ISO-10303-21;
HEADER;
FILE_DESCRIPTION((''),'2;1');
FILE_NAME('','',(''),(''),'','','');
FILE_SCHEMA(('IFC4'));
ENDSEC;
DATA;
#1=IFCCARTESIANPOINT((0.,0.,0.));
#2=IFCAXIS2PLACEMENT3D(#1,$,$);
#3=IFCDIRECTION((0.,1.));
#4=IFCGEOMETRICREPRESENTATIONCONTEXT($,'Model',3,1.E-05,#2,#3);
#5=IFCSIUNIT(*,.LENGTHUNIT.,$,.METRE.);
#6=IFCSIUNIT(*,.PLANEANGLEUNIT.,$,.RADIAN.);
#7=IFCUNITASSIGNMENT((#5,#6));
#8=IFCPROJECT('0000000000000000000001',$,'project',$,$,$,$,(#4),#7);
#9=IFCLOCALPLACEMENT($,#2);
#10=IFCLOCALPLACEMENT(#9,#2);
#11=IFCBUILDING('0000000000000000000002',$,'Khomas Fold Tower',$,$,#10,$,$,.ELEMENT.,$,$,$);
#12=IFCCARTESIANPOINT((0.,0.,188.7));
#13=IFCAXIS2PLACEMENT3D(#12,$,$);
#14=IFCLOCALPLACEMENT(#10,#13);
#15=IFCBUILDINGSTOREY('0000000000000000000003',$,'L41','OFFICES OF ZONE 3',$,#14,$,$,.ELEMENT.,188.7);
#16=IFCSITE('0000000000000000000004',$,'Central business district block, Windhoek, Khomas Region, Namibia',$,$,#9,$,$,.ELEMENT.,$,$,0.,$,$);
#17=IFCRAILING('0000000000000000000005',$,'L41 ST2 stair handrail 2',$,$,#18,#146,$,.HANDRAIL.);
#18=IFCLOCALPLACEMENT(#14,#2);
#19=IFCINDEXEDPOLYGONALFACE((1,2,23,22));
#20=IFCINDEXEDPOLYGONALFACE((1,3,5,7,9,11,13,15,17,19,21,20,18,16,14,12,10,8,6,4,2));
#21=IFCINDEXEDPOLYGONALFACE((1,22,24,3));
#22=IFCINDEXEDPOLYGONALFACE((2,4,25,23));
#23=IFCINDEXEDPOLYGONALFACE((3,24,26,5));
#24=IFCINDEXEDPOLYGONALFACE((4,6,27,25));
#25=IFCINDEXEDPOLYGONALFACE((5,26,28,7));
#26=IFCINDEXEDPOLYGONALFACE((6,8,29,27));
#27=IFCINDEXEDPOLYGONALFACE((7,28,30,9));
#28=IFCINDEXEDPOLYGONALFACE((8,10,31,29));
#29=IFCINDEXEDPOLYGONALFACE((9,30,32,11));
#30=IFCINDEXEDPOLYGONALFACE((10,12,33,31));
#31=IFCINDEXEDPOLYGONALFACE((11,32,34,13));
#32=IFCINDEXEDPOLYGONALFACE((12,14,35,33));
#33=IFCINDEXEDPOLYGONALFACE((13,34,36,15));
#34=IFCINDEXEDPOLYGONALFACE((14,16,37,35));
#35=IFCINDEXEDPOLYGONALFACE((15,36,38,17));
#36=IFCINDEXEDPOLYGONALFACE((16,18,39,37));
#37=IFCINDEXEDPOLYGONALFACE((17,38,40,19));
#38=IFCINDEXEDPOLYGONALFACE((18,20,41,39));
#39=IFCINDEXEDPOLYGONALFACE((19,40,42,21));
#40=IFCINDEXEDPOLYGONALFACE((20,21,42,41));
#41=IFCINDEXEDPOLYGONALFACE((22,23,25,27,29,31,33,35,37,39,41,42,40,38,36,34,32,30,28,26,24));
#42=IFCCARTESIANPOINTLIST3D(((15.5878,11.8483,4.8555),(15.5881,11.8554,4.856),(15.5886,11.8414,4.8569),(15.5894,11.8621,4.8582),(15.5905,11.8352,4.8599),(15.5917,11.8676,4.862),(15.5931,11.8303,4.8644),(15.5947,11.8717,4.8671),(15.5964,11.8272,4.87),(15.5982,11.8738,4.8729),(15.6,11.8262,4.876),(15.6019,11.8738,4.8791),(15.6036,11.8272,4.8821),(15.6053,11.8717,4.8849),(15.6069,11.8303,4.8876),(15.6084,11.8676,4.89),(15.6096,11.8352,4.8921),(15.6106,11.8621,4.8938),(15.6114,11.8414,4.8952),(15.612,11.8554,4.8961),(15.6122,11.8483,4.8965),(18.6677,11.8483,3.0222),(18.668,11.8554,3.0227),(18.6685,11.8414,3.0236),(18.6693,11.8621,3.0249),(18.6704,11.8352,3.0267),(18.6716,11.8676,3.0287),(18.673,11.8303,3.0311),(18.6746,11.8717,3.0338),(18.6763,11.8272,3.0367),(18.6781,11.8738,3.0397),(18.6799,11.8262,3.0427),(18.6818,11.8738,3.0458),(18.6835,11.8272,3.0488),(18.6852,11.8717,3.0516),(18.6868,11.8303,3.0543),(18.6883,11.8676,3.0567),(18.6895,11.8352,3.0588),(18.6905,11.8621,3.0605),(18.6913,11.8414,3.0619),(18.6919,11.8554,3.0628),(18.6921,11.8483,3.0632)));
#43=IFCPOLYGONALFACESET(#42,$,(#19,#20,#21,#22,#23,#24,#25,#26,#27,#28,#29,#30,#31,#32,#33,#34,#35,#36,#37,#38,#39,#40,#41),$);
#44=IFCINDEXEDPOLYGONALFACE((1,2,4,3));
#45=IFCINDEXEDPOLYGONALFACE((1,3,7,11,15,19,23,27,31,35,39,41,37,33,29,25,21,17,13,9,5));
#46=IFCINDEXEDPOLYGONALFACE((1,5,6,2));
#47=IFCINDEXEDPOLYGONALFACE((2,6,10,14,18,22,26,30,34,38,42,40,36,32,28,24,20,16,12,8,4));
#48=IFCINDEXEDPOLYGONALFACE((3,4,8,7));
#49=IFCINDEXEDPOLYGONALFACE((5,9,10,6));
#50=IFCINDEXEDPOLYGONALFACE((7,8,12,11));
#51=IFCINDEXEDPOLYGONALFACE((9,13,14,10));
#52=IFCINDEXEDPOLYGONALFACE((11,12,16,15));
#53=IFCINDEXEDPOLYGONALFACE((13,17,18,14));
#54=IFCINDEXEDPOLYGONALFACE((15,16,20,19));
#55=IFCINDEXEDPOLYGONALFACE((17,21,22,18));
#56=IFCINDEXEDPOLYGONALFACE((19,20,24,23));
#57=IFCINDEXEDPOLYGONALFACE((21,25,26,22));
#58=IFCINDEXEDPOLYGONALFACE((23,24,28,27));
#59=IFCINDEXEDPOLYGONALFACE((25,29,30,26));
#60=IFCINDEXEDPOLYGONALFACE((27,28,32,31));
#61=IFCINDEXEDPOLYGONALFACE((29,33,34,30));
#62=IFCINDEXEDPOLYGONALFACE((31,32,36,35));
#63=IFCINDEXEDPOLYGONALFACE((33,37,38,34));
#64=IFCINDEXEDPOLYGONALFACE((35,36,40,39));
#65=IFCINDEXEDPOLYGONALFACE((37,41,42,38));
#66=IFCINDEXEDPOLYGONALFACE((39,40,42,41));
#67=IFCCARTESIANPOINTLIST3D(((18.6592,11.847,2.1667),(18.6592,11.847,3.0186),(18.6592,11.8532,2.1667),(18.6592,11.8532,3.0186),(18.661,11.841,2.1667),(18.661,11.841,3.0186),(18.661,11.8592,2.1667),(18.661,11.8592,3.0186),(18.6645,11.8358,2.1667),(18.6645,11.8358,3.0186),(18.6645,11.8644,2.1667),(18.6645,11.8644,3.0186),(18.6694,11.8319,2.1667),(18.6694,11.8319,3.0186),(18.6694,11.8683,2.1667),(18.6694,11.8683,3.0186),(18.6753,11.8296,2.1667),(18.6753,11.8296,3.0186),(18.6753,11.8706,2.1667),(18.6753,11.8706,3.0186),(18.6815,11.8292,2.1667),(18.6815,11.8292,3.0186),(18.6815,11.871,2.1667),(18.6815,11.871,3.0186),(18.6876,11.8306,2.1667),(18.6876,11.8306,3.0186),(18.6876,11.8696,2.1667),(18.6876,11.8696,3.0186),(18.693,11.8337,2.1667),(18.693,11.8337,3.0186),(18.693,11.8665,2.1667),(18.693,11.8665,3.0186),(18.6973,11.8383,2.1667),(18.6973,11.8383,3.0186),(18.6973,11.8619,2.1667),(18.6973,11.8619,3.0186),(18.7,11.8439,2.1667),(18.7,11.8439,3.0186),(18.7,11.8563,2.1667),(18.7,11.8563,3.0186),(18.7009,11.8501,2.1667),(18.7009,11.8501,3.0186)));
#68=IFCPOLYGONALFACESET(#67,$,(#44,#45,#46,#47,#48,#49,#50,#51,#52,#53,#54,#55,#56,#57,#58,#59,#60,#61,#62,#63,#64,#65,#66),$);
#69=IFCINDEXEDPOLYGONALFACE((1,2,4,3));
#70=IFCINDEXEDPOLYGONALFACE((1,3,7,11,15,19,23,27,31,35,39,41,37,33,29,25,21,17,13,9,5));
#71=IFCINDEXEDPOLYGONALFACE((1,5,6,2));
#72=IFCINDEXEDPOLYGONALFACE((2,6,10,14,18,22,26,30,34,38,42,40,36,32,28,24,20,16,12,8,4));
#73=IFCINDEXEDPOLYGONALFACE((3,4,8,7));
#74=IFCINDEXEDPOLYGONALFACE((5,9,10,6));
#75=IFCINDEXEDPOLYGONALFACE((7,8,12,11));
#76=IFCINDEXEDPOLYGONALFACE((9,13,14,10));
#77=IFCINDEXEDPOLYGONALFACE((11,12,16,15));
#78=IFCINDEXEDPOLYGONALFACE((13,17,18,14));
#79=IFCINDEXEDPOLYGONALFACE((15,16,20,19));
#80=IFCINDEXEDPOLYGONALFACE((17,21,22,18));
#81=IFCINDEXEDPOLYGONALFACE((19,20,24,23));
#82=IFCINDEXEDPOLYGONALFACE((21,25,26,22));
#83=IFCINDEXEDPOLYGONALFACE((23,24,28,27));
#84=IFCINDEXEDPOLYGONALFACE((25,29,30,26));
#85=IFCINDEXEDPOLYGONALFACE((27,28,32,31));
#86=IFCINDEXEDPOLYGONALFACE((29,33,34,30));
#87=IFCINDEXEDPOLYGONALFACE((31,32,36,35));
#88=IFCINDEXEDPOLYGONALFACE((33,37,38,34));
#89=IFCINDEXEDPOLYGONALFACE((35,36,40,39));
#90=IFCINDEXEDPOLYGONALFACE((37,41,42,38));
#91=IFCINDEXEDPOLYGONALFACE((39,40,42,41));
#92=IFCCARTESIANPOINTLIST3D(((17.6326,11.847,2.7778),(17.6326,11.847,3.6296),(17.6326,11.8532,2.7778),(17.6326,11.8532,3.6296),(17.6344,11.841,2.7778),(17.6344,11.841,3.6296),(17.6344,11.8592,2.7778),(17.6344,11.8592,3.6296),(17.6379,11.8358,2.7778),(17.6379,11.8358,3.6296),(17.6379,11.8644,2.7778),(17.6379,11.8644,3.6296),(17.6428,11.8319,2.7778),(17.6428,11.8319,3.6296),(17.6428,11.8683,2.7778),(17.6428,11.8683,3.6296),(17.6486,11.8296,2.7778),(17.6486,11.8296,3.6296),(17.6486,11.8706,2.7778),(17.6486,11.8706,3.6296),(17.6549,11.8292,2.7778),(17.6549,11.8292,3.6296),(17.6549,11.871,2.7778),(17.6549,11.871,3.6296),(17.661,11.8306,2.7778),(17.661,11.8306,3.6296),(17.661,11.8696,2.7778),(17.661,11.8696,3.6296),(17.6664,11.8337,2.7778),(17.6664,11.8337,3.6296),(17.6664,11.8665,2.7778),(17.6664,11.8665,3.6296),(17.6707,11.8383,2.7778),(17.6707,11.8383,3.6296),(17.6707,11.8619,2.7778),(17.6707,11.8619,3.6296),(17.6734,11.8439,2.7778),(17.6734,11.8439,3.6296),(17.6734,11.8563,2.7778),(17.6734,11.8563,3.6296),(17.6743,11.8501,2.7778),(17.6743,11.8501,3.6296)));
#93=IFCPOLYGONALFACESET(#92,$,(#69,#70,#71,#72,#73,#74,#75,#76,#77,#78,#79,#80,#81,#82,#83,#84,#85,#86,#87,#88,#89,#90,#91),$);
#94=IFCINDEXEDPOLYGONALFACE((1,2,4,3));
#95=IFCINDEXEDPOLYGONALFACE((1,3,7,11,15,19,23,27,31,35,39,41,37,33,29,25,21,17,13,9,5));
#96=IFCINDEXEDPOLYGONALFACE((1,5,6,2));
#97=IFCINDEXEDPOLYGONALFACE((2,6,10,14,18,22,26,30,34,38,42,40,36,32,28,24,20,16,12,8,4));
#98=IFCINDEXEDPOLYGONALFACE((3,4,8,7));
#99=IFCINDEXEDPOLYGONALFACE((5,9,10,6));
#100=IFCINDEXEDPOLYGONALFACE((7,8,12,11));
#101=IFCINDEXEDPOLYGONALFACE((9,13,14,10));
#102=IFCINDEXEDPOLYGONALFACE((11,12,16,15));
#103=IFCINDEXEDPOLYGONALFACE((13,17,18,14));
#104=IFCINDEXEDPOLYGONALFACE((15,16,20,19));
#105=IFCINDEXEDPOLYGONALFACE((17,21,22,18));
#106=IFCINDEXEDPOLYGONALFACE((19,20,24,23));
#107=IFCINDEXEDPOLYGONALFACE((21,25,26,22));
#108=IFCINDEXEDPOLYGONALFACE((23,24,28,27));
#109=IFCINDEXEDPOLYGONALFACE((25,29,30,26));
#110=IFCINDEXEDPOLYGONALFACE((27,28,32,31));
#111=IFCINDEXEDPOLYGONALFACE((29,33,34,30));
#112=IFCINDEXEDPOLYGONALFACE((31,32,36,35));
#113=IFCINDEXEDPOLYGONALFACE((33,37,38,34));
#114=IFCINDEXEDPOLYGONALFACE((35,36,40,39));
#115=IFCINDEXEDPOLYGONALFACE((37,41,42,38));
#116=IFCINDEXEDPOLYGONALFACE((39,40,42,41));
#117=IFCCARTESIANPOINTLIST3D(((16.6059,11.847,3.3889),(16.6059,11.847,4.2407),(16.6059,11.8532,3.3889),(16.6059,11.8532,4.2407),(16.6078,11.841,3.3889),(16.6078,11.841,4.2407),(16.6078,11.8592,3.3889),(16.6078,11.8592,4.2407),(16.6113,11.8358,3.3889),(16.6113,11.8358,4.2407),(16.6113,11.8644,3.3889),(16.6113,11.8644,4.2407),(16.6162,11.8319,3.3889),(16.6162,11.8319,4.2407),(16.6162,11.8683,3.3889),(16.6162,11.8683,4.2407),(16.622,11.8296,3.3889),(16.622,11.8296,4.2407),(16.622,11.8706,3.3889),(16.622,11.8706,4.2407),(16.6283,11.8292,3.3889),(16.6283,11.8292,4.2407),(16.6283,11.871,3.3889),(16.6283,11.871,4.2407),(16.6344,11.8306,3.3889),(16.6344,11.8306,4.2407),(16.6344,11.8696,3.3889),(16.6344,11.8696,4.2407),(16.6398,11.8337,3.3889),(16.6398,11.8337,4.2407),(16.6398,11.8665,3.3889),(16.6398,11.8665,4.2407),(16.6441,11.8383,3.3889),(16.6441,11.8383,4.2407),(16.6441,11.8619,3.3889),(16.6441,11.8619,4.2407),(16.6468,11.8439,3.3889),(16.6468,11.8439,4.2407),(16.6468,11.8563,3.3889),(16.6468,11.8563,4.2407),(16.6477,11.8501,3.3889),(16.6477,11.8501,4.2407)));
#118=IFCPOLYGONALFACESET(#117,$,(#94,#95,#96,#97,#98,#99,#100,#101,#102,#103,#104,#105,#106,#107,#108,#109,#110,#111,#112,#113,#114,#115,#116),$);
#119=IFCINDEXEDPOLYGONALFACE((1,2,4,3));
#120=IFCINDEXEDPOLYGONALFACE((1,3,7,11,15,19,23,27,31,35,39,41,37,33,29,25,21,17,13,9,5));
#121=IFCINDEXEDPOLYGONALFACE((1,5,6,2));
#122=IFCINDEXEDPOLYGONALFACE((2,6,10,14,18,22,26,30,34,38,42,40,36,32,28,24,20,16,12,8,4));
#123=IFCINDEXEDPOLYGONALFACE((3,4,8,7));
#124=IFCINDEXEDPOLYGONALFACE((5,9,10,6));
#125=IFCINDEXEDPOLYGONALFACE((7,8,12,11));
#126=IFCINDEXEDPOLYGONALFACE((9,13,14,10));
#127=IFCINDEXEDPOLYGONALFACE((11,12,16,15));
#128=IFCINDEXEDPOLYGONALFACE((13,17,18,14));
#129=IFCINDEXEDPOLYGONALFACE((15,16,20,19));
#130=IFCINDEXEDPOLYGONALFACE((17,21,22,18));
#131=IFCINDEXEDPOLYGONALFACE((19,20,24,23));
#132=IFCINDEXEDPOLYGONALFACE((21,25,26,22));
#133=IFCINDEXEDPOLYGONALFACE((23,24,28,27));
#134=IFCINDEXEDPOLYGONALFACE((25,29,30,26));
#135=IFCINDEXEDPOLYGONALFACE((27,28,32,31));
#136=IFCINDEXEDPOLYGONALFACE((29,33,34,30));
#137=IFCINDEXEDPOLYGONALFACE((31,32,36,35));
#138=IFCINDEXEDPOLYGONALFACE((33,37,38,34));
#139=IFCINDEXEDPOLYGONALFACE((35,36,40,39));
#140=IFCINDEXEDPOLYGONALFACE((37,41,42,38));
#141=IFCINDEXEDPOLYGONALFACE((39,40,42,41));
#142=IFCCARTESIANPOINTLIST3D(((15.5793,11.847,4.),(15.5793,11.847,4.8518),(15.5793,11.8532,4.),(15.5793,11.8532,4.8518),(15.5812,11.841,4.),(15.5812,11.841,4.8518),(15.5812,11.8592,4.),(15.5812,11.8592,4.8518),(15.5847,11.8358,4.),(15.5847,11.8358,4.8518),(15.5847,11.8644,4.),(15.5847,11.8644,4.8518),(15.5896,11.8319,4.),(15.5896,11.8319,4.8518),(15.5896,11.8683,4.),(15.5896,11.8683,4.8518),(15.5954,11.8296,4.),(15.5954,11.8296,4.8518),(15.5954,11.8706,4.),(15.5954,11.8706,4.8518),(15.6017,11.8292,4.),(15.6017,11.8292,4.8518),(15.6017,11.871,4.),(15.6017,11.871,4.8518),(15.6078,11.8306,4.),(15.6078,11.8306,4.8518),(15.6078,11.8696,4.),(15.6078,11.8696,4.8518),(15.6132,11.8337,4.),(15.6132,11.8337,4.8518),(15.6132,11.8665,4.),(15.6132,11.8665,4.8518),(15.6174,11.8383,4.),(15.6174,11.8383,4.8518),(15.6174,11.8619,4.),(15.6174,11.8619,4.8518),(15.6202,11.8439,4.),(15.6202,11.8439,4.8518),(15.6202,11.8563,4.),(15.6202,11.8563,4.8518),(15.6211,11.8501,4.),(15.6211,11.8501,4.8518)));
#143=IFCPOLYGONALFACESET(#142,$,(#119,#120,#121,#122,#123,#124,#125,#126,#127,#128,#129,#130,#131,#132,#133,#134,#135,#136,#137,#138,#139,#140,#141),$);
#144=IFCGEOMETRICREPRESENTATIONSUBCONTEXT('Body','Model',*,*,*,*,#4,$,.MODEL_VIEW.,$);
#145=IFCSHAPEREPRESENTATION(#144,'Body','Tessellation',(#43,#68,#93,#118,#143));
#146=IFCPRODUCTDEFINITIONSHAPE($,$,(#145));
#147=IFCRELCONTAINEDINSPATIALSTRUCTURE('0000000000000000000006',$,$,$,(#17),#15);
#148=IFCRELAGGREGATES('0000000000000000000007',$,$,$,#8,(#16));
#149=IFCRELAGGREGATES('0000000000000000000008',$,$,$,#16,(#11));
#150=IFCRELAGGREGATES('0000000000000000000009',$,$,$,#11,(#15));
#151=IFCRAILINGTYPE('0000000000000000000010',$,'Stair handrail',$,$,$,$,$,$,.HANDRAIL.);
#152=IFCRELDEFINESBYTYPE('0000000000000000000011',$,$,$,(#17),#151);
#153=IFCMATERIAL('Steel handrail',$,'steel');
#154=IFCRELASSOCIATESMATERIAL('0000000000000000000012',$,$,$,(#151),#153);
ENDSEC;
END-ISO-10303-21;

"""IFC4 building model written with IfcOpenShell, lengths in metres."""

from ifc_helpers import new_model, si_unit, direction, frame, origin, origin_2d, place, context, subcontext, project, spatial, circle, extrude, source, transform, mapped, material, type_object, element, save


model = new_model("IFC4")

# Units and contexts
model_context = context("Model", 3, precision=1e-05, world=origin(), true_north=direction((0.0, 1.0)))
body_context = subcontext(model_context, "Body", "Model", "MODEL_VIEW")
ifc_project = project(units=[si_unit("LENGTHUNIT", "METRE"), si_unit("PLANEANGLEUNIT", "RADIAN")], contexts=[model_context])

# Site, building, storey
site_placement = place(None, origin())
site = spatial("IfcSite", under=ifc_project, at=site_placement, Name="Central business district block, Windhoek, Khomas Region, Namibia", CompositionType="ELEMENT", RefElevation=0.0)
building_placement = place(site_placement, origin())
building = spatial("IfcBuilding", under=site, at=building_placement, Name="Khomas Fold Tower", CompositionType="ELEMENT")
storey_placement = place(building_placement, frame((0.0, 0.0, 188.7)))
storey = spatial("IfcBuildingStorey", under=building, at=storey_placement, Name="L41", Description="OFFICES OF ZONE 3", CompositionType="ELEMENT", Elevation=188.7)

# Railing
ifc_material_1 = material(Name="Steel handrail", Category="steel")
railing_type_1 = type_object("IfcRailingType", Name="Stair handrail", PredefinedType="HANDRAIL", material=ifc_material_1)
shared_shape_1 = source(origin(), body_context, "Body", "SweptSolid", [
    extrude(circle(Radius=0.0239, at=origin_2d()), frame((0.0, 0.0, 0.876), z_axis=(-0.859291, 0.0, 0.511487), x_axis=(0.0, -1.0, 0.0)), (0.0, 0.0, 1.0), 3.5842),
    extrude(circle(Radius=0.021, at=origin_2d()), origin(), (0.0, 0.0, 1.0), 0.8518),
    extrude(circle(Radius=0.021, at=origin_2d()), frame((-1.0266, 0.0, 0.6111)), (0.0, 0.0, 1.0), 0.8518),
    extrude(circle(Radius=0.021, at=origin_2d()), frame((-2.0532, 0.0, 1.2222)), (0.0, 0.0, 1.0), 0.8518),
    extrude(circle(Radius=0.021, at=origin_2d()), frame((-3.0798, 0.0, 1.8333)), (0.0, 0.0, 1.0), 0.8518),
])
railing_1_placement = place(storey_placement, frame((18.6799, 11.8501, 2.1667)))
element("IfcRailing", 1, at=railing_1_placement, inside=storey, type_object=railing_type_1, Name="L41 ST2 stair handrail 2", PredefinedType="HANDRAIL", context=body_context, shape_type="MappedRepresentation", body=[
    mapped(shared_shape_1, transform((0.0, 0.0, 0.0))),
])

save(model, "model.ifc")
